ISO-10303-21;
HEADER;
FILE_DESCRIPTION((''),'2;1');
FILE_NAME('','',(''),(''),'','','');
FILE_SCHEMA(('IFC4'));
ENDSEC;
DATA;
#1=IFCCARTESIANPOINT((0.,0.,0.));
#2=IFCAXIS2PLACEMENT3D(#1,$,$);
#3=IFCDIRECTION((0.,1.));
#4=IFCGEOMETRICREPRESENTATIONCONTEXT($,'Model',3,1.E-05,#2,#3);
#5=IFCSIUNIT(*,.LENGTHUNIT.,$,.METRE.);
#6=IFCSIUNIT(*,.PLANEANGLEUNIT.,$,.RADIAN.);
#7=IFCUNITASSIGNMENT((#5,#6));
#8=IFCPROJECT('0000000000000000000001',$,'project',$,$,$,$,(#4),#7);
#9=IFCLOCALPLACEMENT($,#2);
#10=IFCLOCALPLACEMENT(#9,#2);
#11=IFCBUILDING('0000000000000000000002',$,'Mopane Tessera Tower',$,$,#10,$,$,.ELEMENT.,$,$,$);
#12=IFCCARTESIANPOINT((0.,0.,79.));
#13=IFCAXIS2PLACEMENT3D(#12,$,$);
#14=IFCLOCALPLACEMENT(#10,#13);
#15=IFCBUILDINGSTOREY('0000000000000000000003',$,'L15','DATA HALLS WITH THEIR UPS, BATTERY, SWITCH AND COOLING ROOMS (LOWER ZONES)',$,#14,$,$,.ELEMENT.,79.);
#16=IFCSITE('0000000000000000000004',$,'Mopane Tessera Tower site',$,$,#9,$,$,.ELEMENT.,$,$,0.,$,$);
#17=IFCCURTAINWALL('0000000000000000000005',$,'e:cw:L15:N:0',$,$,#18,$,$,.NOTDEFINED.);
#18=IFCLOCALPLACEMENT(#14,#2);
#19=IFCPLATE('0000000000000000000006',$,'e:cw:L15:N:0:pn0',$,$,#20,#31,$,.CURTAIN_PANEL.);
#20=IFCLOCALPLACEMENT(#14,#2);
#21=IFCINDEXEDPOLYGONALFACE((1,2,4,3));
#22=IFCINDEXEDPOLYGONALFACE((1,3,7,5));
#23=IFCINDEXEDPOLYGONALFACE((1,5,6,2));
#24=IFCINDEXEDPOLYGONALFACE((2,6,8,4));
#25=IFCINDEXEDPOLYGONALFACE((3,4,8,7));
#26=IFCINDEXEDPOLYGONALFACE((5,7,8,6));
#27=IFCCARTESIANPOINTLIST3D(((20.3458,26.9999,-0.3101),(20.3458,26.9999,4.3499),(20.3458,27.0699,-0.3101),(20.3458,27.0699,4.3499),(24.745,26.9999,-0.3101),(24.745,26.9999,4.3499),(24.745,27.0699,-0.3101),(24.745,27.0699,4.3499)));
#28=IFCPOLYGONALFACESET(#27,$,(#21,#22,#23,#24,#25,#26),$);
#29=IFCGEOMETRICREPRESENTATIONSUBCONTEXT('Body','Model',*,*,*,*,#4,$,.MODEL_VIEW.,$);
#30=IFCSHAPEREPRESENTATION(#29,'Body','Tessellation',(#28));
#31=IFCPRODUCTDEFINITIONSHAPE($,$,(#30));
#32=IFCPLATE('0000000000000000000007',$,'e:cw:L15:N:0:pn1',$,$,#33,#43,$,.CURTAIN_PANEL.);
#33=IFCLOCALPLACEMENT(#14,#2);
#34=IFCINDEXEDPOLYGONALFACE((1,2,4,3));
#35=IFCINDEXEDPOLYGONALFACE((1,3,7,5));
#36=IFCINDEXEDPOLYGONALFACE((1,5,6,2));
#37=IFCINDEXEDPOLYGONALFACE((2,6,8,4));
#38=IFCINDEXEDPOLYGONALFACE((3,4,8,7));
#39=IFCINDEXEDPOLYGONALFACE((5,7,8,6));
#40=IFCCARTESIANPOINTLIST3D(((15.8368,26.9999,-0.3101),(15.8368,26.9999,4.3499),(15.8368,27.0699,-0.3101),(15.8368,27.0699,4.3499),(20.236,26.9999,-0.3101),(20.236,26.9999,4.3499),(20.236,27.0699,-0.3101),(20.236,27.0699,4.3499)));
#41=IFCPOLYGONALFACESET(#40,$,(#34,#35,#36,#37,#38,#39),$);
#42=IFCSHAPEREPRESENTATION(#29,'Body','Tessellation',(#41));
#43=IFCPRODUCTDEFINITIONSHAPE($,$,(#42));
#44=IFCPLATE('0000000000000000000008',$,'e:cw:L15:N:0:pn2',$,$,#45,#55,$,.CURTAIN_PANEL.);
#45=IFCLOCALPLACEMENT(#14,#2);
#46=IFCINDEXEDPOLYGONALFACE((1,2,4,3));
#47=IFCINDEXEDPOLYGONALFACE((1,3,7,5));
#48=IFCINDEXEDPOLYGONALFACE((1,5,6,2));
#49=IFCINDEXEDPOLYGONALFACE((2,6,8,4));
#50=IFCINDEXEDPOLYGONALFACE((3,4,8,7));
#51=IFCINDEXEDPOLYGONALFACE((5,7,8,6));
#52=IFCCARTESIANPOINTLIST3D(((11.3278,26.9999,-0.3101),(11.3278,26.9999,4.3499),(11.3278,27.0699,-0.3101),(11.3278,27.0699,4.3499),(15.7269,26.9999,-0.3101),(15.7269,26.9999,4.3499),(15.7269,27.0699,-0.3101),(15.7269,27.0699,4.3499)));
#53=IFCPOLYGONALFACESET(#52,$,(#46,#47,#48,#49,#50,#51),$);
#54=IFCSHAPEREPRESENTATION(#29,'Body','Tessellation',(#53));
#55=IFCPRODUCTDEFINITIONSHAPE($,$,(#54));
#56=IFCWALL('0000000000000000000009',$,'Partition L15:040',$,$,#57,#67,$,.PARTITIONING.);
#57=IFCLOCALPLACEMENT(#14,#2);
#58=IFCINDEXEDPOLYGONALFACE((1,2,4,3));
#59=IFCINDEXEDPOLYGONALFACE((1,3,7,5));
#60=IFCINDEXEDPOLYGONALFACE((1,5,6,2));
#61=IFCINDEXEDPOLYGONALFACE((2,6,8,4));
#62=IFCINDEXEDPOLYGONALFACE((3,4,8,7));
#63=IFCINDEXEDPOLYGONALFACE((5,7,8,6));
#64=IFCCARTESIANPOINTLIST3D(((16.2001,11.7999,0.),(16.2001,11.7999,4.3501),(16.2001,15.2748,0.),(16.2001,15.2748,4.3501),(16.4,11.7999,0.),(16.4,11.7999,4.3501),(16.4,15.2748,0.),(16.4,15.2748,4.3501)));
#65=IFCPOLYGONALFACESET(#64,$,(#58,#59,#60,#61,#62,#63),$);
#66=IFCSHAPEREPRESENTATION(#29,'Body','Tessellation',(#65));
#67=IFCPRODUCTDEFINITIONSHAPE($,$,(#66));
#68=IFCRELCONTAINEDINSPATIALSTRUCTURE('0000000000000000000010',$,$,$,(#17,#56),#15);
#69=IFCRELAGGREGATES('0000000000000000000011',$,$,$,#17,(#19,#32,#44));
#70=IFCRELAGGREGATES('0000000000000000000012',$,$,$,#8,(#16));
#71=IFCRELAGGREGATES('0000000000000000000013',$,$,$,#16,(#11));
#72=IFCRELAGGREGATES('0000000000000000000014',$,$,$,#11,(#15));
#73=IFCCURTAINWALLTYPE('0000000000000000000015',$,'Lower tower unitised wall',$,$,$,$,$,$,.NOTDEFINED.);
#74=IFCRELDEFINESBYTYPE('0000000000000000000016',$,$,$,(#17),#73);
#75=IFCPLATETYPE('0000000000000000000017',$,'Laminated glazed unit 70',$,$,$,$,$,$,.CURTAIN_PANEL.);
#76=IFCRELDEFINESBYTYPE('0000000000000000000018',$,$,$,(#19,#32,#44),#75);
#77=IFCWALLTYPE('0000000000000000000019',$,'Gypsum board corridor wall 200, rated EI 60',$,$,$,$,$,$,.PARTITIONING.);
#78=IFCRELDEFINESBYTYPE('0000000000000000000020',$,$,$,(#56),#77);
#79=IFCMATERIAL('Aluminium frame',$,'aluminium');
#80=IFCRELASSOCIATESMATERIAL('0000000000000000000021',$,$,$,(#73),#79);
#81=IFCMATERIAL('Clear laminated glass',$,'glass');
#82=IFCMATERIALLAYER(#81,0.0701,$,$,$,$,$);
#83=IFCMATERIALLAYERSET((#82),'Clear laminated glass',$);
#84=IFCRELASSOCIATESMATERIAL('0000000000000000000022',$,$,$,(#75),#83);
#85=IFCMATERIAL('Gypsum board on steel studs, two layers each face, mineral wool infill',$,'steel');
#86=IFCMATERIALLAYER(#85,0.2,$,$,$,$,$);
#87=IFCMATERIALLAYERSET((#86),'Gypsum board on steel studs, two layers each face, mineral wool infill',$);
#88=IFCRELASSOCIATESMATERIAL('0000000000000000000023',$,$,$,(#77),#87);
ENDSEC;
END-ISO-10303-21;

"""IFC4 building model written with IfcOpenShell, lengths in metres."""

from ifc_helpers import new_model, si_unit, direction, frame, frame_2d, origin, origin_2d, place, context, subcontext, project, spatial, rectangle, extrude, material, layer, layer_set, type_object, element, aggregate, save


model = new_model("IFC4")

# Units and contexts
model_context = context("Model", 3, precision=1e-05, world=origin(), true_north=direction((0.0, 1.0)))
body_context = subcontext(model_context, "Body", "Model", "MODEL_VIEW")
ifc_project = project(units=[si_unit("LENGTHUNIT", "METRE"), si_unit("PLANEANGLEUNIT", "RADIAN")], contexts=[model_context])

# Site, building, storey
site_placement = place(None, origin())
site = spatial("IfcSite", under=ifc_project, at=site_placement, Name="Mopane Tessera Tower site", CompositionType="ELEMENT", RefElevation=0.0)
building_placement = place(site_placement, origin())
building = spatial("IfcBuilding", under=site, at=building_placement, Name="Mopane Tessera Tower", CompositionType="ELEMENT")
storey_placement = place(building_placement, frame((0.0, 0.0, 79.0)))
storey = spatial("IfcBuildingStorey", under=building, at=storey_placement, Name="L15", Description="DATA HALLS WITH THEIR UPS, BATTERY, SWITCH AND COOLING ROOMS (LOWER ZONES)", CompositionType="ELEMENT", Elevation=79.0)

# Curtain wall
ifc_material_1 = material(Name="Aluminium frame", Category="aluminium")
curtain_wall_type = type_object("IfcCurtainWallType", Name="Lower tower unitised wall", PredefinedType="NOTDEFINED", material=ifc_material_1)
curtain_wall_1_placement = place(storey_placement, origin())
curtain_wall_1 = element("IfcCurtainWall", 1, at=curtain_wall_1_placement, inside=storey, type_object=curtain_wall_type, Name="e:cw:L15:N:0", PredefinedType="NOTDEFINED")

# Plates
ifc_material_2 = material(Name="Clear laminated glass", Category="glass")
ifc_layer_1 = layer(ifc_material_2, 0.0701)
ifc_layer_set_1 = layer_set([ifc_layer_1], Name="Clear laminated glass")
plate_type = type_object("IfcPlateType", Name="Laminated glazed unit 70", PredefinedType="CURTAIN_PANEL", material=ifc_layer_set_1)
plate_1_placement = place(storey_placement, frame((22.5454, 27.0349, -0.3101), z_axis=(0.0, 0.0, 1.0), x_axis=(-1.0, 0.0, 0.0)))
plate_1 = element("IfcPlate", 2, at=plate_1_placement, type_object=plate_type, Name="e:cw:L15:N:0:pn0", PredefinedType="CURTAIN_PANEL", context=body_context, shape_type="SweptSolid", body=[
    extrude(rectangle(XDim=4.3992, YDim=0.0701, at=origin_2d()), origin(), (0.0, 0.0, 1.0), 4.6599),
])
plate_2_placement = place(storey_placement, frame((18.0364, 27.0349, -0.3101), z_axis=(0.0, 0.0, 1.0), x_axis=(-1.0, 0.0, 0.0)))
plate_2 = element("IfcPlate", 3, at=plate_2_placement, type_object=plate_type, Name="e:cw:L15:N:0:pn1", PredefinedType="CURTAIN_PANEL", context=body_context, shape_type="SweptSolid", body=[
    extrude(rectangle(XDim=4.3992, YDim=0.0701, at=origin_2d()), origin(), (0.0, 0.0, 1.0), 4.6599),
])
plate_3_placement = place(storey_placement, frame((13.5273, 27.0349, -0.3101), z_axis=(0.0, 0.0, 1.0), x_axis=(-1.0, 0.0, 0.0)))
plate_3 = element("IfcPlate", 4, at=plate_3_placement, type_object=plate_type, Name="e:cw:L15:N:0:pn2", PredefinedType="CURTAIN_PANEL", context=body_context, shape_type="SweptSolid", body=[
    extrude(rectangle(XDim=4.3992, YDim=0.0701, at=origin_2d()), origin(), (0.0, 0.0, 1.0), 4.6599),
])
aggregate(curtain_wall_1, [plate_1, plate_2, plate_3])

# Wall
ifc_material_3 = material(Name="Gypsum board on steel studs, two layers each face, mineral wool infill", Category="steel")
ifc_layer_2 = layer(ifc_material_3, 0.2)
ifc_layer_set_2 = layer_set([ifc_layer_2], Name="Gypsum board on steel studs, two layers each face, mineral wool infill")
wall_type = type_object("IfcWallType", Name="Gypsum board corridor wall 200, rated EI 60", PredefinedType="PARTITIONING", material=ifc_layer_set_2)
wall_placement = place(storey_placement, frame((16.3, 11.8, 0.0), z_axis=(0.0, 0.0, 1.0), x_axis=(0.0, 1.0, 0.0)))
element("IfcWall", 5, at=wall_placement, inside=storey, type_object=wall_type, Name="Partition L15:040", PredefinedType="PARTITIONING", context=body_context, shape_type="SweptSolid", body=[
    extrude(rectangle(XDim=3.4749, YDim=0.2, at=frame_2d((1.7373, 0.0))), origin(), (0.0, 0.0, 1.0), 4.3501),
])

save(model, "model.ifc")
